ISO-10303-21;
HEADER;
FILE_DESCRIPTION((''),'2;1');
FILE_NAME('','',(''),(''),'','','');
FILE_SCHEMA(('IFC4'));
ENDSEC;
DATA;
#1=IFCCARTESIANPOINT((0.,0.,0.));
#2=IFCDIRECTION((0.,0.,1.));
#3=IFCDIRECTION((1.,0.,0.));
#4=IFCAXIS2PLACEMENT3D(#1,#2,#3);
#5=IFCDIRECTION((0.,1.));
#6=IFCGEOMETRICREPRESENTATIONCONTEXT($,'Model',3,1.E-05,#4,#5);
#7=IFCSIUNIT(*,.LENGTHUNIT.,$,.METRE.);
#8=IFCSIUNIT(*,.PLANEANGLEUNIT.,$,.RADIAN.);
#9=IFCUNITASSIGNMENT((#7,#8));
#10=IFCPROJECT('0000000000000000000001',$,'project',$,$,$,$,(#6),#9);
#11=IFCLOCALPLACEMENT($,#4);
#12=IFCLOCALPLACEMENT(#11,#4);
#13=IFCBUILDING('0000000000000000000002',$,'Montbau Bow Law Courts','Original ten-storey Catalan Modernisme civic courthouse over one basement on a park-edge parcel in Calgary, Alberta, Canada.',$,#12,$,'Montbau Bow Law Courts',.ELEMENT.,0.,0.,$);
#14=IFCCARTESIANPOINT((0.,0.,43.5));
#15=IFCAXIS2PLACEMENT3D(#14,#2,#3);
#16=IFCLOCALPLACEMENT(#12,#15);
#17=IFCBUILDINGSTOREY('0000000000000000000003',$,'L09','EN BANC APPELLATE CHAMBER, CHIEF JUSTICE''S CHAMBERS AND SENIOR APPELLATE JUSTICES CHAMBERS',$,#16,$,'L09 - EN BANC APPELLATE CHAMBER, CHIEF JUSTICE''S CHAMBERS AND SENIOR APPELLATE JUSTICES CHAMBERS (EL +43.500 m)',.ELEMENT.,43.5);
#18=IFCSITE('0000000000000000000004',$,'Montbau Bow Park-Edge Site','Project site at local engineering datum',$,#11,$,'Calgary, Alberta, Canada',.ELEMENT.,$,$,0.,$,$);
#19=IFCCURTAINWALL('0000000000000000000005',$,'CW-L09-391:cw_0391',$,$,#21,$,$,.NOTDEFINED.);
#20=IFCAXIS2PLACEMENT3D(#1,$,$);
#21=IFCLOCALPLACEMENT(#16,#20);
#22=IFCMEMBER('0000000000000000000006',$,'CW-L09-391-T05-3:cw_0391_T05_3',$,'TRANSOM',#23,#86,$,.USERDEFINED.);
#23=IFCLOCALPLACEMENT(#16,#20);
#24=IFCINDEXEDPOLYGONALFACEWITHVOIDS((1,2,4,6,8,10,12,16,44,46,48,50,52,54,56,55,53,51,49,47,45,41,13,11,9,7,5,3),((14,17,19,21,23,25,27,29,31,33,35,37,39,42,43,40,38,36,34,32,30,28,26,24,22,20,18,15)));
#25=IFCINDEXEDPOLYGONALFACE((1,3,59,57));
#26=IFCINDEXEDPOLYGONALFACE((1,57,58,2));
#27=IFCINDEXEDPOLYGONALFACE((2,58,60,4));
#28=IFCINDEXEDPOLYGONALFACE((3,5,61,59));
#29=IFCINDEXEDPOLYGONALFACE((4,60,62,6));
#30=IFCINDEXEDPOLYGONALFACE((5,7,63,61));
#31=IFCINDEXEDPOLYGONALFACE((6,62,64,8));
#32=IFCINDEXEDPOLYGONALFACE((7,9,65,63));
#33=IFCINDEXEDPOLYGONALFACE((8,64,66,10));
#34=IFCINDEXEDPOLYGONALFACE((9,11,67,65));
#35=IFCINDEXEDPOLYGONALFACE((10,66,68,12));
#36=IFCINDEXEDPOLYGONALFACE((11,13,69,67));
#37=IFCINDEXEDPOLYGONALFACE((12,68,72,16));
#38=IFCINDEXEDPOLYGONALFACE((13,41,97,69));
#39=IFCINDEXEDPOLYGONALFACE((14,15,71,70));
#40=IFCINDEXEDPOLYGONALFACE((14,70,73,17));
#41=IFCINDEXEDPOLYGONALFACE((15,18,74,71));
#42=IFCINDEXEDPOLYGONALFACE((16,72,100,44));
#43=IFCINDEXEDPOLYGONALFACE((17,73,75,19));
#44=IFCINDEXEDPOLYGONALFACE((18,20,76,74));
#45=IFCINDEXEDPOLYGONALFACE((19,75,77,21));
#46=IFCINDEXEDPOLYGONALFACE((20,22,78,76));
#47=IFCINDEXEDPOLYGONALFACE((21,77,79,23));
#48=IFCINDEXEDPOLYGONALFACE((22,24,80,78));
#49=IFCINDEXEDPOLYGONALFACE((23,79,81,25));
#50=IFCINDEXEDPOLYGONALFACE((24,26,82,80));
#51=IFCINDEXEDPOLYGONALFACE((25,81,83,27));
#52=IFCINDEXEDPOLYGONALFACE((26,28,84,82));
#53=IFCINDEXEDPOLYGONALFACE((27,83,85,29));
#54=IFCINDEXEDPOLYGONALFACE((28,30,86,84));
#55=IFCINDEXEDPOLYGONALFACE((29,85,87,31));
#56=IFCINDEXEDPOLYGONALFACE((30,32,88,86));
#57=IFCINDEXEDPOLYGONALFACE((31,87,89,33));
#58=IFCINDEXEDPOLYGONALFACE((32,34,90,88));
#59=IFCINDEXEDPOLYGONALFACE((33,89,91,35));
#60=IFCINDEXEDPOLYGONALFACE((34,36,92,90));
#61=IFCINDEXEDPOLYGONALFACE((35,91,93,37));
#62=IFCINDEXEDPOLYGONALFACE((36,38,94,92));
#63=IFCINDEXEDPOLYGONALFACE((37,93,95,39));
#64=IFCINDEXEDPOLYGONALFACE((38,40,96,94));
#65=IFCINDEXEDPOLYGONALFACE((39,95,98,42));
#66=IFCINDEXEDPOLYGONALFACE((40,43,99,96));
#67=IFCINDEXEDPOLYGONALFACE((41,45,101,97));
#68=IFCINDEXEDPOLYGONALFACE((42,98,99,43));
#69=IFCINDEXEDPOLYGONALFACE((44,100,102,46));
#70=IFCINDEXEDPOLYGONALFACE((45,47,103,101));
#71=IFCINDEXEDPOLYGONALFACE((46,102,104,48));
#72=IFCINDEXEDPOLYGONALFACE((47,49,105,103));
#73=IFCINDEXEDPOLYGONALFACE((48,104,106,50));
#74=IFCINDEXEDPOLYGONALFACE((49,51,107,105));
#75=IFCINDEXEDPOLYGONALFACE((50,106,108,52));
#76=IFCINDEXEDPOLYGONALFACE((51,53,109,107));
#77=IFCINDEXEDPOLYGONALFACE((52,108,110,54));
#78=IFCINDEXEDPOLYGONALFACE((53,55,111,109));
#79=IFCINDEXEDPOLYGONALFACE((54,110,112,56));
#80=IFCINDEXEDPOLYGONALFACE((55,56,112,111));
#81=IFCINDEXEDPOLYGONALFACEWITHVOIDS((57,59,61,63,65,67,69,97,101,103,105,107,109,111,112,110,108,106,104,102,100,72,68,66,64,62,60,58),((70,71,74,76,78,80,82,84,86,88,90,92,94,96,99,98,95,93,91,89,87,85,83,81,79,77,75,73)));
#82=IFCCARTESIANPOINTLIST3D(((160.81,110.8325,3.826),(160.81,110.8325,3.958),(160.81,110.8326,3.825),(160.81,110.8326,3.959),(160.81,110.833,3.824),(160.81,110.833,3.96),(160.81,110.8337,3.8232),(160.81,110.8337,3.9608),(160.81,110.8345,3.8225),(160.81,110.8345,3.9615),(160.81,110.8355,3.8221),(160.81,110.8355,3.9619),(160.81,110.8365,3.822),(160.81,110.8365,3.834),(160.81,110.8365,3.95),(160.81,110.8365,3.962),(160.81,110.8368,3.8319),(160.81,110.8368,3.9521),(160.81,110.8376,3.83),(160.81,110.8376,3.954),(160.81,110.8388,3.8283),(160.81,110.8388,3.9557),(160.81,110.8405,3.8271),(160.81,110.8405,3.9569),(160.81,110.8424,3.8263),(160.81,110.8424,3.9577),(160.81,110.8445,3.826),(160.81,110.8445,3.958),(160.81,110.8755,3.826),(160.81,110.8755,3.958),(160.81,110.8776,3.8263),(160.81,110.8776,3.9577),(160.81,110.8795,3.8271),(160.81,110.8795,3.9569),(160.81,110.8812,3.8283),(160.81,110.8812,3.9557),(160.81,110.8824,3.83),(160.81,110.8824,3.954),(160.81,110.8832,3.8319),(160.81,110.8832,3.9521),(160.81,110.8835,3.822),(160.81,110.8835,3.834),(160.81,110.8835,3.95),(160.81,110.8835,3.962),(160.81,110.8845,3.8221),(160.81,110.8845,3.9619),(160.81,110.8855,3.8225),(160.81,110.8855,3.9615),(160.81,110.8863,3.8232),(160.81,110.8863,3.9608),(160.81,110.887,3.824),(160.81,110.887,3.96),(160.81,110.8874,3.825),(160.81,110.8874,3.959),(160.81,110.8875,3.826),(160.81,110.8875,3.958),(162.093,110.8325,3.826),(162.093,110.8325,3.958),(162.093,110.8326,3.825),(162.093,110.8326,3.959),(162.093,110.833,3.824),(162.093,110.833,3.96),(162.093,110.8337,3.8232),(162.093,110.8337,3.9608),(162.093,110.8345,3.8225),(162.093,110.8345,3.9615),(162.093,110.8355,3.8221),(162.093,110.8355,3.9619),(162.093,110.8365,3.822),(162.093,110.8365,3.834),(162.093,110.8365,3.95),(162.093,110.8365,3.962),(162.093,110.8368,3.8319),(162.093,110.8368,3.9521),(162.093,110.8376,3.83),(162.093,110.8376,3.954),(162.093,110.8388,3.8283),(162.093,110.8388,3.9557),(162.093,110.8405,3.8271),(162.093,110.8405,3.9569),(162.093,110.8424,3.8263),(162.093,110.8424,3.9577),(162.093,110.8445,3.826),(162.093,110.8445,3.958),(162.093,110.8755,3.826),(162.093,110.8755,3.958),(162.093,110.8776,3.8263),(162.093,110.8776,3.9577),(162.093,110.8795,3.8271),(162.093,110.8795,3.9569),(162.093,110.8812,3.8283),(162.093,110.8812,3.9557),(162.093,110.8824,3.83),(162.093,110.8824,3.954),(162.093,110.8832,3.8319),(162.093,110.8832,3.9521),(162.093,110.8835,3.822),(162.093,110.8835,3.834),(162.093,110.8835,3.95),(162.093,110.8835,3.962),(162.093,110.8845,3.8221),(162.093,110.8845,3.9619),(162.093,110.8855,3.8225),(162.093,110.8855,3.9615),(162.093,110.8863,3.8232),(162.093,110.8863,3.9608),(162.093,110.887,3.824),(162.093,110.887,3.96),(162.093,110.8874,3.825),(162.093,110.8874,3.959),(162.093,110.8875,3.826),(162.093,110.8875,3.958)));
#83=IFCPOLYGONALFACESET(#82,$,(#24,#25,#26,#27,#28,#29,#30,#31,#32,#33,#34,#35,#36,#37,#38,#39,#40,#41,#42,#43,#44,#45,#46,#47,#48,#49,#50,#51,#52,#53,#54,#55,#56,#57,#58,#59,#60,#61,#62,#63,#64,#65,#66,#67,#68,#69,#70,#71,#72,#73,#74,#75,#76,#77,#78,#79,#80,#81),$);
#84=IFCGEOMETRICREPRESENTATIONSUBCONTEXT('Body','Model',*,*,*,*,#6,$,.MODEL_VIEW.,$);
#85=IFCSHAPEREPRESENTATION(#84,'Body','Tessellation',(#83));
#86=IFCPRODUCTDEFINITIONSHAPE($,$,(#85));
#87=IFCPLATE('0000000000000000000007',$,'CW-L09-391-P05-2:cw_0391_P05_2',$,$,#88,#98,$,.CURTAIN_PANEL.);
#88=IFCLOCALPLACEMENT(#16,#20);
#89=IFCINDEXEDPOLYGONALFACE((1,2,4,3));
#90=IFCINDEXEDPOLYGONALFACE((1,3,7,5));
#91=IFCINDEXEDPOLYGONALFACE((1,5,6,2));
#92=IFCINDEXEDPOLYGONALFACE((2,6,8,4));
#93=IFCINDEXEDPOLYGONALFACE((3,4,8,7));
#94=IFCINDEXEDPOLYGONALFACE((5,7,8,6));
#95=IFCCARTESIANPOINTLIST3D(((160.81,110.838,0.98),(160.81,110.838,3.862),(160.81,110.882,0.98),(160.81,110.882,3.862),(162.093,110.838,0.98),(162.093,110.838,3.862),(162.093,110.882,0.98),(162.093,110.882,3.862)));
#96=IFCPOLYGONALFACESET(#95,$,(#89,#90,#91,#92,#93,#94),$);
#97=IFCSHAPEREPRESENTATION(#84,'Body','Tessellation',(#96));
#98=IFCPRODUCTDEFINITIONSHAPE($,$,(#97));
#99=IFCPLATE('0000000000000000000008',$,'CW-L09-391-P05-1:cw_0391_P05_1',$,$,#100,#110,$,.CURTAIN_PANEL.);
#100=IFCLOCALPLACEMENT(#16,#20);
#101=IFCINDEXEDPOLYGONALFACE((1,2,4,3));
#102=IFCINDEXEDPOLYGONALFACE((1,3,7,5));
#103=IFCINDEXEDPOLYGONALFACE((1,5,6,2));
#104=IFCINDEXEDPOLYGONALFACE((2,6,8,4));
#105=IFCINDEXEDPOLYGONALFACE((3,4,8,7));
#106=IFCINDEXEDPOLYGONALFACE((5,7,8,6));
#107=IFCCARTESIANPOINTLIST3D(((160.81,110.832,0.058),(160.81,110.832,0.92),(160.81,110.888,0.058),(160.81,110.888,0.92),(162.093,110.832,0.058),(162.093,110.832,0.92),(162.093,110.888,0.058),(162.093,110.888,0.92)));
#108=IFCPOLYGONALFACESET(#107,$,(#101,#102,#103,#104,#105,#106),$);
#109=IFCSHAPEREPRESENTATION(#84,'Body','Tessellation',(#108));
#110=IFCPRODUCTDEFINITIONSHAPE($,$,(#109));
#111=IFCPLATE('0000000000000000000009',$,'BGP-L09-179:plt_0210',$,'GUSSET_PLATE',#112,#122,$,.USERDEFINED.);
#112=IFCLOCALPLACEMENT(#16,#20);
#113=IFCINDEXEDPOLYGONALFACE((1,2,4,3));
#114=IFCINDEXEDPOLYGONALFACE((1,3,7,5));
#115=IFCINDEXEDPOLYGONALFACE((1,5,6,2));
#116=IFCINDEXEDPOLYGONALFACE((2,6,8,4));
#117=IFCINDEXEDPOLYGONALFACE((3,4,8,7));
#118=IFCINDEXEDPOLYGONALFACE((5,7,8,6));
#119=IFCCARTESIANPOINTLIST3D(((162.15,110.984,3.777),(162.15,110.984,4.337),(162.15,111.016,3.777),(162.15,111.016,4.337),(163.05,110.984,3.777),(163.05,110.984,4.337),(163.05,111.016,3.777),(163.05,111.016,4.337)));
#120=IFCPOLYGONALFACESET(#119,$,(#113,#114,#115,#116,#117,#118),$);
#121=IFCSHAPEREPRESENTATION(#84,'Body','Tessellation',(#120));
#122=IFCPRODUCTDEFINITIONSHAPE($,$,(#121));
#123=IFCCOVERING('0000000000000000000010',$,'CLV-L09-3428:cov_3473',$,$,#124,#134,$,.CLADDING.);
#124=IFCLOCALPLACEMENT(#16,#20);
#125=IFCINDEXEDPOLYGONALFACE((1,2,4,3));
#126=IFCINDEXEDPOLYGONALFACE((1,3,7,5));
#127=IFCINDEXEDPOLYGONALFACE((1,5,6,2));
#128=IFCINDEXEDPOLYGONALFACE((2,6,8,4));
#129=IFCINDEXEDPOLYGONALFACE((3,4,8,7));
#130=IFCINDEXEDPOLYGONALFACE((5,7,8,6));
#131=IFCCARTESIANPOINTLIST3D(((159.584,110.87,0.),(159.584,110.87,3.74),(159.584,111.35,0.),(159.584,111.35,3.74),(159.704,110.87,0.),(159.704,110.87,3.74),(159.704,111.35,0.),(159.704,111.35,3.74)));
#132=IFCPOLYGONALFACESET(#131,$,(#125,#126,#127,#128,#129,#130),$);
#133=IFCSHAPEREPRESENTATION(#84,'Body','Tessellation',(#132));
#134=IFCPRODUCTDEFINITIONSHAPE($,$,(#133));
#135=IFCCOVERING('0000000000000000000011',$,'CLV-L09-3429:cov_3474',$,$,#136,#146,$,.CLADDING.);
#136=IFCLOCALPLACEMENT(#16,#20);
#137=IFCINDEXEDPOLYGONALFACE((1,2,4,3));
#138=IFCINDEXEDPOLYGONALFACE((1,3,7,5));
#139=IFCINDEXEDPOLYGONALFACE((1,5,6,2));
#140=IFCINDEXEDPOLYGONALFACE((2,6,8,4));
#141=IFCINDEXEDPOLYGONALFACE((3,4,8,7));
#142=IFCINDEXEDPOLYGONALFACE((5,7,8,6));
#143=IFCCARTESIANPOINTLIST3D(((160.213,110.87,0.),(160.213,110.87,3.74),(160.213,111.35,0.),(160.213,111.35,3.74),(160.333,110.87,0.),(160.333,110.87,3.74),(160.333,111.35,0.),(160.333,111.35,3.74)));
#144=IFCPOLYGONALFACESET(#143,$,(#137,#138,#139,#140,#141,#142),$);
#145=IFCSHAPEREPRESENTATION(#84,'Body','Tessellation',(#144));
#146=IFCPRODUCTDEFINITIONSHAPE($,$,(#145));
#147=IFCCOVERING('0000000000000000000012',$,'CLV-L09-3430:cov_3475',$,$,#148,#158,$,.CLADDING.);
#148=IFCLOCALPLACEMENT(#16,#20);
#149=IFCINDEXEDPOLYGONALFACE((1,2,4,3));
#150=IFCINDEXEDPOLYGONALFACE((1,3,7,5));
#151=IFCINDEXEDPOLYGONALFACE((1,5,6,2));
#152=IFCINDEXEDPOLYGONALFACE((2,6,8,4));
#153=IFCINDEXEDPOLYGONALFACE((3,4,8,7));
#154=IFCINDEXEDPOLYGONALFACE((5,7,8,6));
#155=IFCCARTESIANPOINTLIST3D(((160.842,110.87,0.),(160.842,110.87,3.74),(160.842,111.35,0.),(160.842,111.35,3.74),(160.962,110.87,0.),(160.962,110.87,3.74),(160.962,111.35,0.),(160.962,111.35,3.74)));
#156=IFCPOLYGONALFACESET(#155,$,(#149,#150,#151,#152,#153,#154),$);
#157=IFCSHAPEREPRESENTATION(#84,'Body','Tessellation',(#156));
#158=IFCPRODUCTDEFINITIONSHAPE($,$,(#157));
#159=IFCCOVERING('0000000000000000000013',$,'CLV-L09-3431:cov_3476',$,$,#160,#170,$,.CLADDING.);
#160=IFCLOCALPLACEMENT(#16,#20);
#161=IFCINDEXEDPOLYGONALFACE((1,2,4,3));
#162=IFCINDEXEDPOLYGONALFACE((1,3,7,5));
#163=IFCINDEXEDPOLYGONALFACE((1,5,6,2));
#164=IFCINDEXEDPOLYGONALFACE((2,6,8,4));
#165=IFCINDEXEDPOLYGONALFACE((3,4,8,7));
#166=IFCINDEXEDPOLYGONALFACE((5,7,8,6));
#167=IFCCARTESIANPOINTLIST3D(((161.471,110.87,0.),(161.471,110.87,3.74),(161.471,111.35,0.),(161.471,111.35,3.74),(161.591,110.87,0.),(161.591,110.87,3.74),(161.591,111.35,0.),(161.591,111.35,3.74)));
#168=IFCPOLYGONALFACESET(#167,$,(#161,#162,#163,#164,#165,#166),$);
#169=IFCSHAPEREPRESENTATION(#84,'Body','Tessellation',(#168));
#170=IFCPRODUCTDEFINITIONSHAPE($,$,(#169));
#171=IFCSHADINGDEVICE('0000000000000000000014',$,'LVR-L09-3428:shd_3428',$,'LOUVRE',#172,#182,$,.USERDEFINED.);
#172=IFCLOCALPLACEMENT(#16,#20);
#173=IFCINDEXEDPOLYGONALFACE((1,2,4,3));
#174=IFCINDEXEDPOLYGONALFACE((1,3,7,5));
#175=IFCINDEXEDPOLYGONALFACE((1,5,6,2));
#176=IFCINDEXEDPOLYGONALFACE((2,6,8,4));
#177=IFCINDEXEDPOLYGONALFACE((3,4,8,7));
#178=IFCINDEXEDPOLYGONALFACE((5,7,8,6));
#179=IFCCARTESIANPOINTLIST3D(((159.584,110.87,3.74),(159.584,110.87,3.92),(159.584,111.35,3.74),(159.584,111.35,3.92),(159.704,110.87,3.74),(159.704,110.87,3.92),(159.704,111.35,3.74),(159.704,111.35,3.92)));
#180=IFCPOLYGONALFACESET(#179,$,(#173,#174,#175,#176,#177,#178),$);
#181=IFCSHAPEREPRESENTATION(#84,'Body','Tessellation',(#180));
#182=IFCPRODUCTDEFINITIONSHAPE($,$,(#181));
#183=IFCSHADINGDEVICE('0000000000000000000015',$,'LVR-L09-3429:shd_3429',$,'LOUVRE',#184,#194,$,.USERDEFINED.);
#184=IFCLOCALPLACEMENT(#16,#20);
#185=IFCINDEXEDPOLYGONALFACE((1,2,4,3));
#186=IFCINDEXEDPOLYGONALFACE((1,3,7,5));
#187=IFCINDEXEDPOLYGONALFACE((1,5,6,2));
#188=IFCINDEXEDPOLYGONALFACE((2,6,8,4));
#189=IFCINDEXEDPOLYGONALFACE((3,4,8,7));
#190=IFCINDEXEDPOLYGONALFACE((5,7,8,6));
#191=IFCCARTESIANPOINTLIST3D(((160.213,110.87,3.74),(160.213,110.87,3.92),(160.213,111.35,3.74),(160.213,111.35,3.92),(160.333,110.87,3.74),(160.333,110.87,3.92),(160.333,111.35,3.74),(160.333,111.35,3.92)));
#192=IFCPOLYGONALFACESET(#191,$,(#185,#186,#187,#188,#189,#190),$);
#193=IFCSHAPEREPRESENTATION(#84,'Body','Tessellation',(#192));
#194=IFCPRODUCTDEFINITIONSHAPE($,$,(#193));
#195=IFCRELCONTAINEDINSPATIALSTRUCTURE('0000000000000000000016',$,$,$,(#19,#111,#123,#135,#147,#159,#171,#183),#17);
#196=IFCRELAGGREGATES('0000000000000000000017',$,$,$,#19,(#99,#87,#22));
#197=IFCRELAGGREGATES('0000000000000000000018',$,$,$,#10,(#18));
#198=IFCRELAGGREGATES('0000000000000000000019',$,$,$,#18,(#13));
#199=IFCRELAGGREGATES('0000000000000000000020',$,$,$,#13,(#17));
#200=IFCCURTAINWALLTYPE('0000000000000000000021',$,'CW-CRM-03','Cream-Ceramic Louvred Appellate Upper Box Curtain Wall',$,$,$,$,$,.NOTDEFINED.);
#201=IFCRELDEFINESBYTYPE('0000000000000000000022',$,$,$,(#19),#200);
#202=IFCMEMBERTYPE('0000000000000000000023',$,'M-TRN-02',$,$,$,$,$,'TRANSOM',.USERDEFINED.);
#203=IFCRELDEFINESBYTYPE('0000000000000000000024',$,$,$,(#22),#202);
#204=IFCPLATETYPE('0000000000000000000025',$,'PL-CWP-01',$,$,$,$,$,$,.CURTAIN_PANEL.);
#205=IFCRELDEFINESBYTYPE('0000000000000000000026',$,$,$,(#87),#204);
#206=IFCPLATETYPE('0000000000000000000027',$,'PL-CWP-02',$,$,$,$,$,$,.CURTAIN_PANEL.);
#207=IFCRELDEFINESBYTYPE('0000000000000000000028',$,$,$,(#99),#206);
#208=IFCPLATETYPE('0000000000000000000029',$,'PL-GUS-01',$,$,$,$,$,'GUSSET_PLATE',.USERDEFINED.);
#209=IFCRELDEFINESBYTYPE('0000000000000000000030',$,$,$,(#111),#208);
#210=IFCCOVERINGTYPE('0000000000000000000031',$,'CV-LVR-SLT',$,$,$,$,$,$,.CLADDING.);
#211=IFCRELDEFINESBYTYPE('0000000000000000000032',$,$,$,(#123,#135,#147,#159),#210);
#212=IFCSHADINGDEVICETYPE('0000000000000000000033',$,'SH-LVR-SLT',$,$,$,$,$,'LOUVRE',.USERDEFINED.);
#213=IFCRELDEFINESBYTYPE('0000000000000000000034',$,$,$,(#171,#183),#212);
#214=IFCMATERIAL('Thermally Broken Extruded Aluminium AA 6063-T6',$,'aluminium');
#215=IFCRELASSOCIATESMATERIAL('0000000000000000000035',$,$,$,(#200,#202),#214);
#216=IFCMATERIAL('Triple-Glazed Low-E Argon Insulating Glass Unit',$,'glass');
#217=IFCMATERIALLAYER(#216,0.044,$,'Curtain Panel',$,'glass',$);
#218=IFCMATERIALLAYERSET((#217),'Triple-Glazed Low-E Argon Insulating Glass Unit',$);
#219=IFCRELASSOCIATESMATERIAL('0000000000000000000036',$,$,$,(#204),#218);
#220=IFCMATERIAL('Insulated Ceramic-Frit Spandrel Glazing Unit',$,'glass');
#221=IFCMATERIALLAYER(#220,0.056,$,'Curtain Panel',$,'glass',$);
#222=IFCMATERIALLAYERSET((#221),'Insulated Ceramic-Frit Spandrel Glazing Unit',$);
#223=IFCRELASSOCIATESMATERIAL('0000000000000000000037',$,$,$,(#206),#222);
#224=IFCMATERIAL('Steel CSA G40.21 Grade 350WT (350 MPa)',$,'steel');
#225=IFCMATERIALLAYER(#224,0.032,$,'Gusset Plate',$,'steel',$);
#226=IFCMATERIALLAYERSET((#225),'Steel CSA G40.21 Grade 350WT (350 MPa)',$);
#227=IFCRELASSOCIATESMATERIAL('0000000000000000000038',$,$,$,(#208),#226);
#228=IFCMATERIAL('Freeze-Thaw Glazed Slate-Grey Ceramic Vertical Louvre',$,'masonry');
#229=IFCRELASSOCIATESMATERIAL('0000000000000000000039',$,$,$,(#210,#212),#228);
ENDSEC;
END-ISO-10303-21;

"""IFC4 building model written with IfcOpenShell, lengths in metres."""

from ifc_helpers import new_model, si_unit, direction, frame, frame_2d, origin_with_axes, origin_2d_with_axis, place, context, subcontext, project, spatial, rectangle, hollow_rectangle, extrude, material, layer, layer_set, material_profile, profile_set, type_object, element, aggregate, save


model = new_model("IFC4")

# Units and contexts
model_context = context("Model", 3, precision=1e-05, world=origin_with_axes(), true_north=direction((0.0, 1.0)))
body_context = subcontext(model_context, "Body", "Model", "MODEL_VIEW")
ifc_project = project(units=[si_unit("LENGTHUNIT", "METRE"), si_unit("PLANEANGLEUNIT", "RADIAN")], contexts=[model_context])

# Site, building, storey
site_placement = place(None, origin_with_axes())
site = spatial("IfcSite", under=ifc_project, at=site_placement, Name="Montbau Bow Park-Edge Site", Description="Project site at local engineering datum", LongName="Calgary, Alberta, Canada", CompositionType="ELEMENT", RefElevation=0.0)
building_placement = place(site_placement, origin_with_axes())
building = spatial("IfcBuilding", under=site, at=building_placement, Name="Montbau Bow Law Courts", Description="Original ten-storey Catalan Modernisme civic courthouse over one basement on a park-edge parcel in Calgary, Alberta, Canada.", LongName="Montbau Bow Law Courts", CompositionType="ELEMENT", ElevationOfRefHeight=0.0, ElevationOfTerrain=0.0)
storey_placement = place(building_placement, frame((0.0, 0.0, 43.5), z_axis=(0.0, 0.0, 1.0), x_axis=(1.0, 0.0, 0.0)))
storey = spatial("IfcBuildingStorey", under=building, at=storey_placement, Name="L09", Description="EN BANC APPELLATE CHAMBER, CHIEF JUSTICE'S CHAMBERS AND SENIOR APPELLATE JUSTICES CHAMBERS", LongName="L09 - EN BANC APPELLATE CHAMBER, CHIEF JUSTICE'S CHAMBERS AND SENIOR APPELLATE JUSTICES CHAMBERS (EL +43.500 m)", CompositionType="ELEMENT", Elevation=43.5)

# Shared definitions
ifc_material_1 = material(Name="Steel CSA G40.21 Grade 350WT (350 MPa)", Category="steel")

# Curtain wall, member, plates
ifc_material_2 = material(Name="Thermally Broken Extruded Aluminium AA 6063-T6", Category="aluminium")
curtain_wall_type = type_object("IfcCurtainWallType", Name="CW-CRM-03", Description="Cream-Ceramic Louvred Appellate Upper Box Curtain Wall", PredefinedType="NOTDEFINED", material=ifc_material_2)
curtain_wall_placement = place(None, frame((155.24, 110.86, 43.5), z_axis=(0.0, 0.0, 1.0), x_axis=(1.0, 0.0, 0.0)))
curtain_wall = element("IfcCurtainWall", 1, at=curtain_wall_placement, inside=storey, type_object=curtain_wall_type, Name="CW-L09-391:cw_0391", PredefinedType="NOTDEFINED")
ifc_material_profile_1 = material_profile(ifc_material_2, hollow_rectangle(XDim=0.055, YDim=0.14, WallThickness=0.004, InnerFilletRadius=0.008, OuterFilletRadius=0.004, at=origin_2d_with_axis()), Name="CWT-140X55", Category="Main", Priority=0)
ifc_profile_set_1 = profile_set([ifc_material_profile_1], Name="Thermally Broken Extruded Aluminium AA 6063-T6")
member_type_1 = type_object("IfcMemberType", Name="M-TRN-02", ElementType="TRANSOM", PredefinedType="USERDEFINED", material=ifc_profile_set_1)
member_1_placement = place(None, frame((160.81, 110.86, 47.392), z_axis=(1.0, 0.0, 0.0), x_axis=(0.0, 1.0, 0.0)))
member_1 = element("IfcMember", 2, at=member_1_placement, type_object=member_type_1, Name="CW-L09-391-T05-3:cw_0391_T05_3", ObjectType="TRANSOM", PredefinedType="USERDEFINED", context=body_context, shape_type="SweptSolid", body=[
    extrude(hollow_rectangle(XDim=0.055, YDim=0.14, WallThickness=0.004, InnerFilletRadius=0.008, OuterFilletRadius=0.004, at=origin_2d_with_axis()), origin_with_axes(), (0.0, 0.0, 1.0), 1.283),
])
ifc_material_3 = material(Name="Triple-Glazed Low-E Argon Insulating Glass Unit", Category="glass")
ifc_layer_1 = layer(ifc_material_3, 0.044, Name="Curtain Panel", Category="glass")
ifc_layer_set_1 = layer_set([ifc_layer_1], Name="Triple-Glazed Low-E Argon Insulating Glass Unit")
plate_type_1 = type_object("IfcPlateType", Name="PL-CWP-01", PredefinedType="CURTAIN_PANEL", material=ifc_layer_set_1)
plate_1_placement = place(None, frame((160.81, 110.86, 44.48), z_axis=(0.0, -1.0, 0.0), x_axis=(1.0, 0.0, 0.0)))
plate_1 = element("IfcPlate", 3, at=plate_1_placement, type_object=plate_type_1, Name="CW-L09-391-P05-2:cw_0391_P05_2", PredefinedType="CURTAIN_PANEL", context=body_context, shape_type="SweptSolid", body=[
    extrude(rectangle(XDim=1.283, YDim=2.882, at=frame_2d((0.6415, 1.441), x_axis=(1.0, 0.0))), frame((0.0, 0.0, -0.022), z_axis=(0.0, 0.0, 1.0), x_axis=(1.0, 0.0, 0.0)), (0.0, 0.0, 1.0), 0.044),
])
ifc_material_4 = material(Name="Insulated Ceramic-Frit Spandrel Glazing Unit", Category="glass")
ifc_layer_2 = layer(ifc_material_4, 0.056, Name="Curtain Panel", Category="glass")
ifc_layer_set_2 = layer_set([ifc_layer_2], Name="Insulated Ceramic-Frit Spandrel Glazing Unit")
plate_type_2 = type_object("IfcPlateType", Name="PL-CWP-02", PredefinedType="CURTAIN_PANEL", material=ifc_layer_set_2)
plate_2_placement = place(None, frame((160.81, 110.86, 43.558), z_axis=(0.0, -1.0, 0.0), x_axis=(1.0, 0.0, 0.0)))
plate_2 = element("IfcPlate", 4, at=plate_2_placement, type_object=plate_type_2, Name="CW-L09-391-P05-1:cw_0391_P05_1", PredefinedType="CURTAIN_PANEL", context=body_context, shape_type="SweptSolid", body=[
    extrude(rectangle(XDim=1.283, YDim=0.862, at=frame_2d((0.6415, 0.431), x_axis=(1.0, 0.0))), frame((0.0, 0.0, -0.028), z_axis=(0.0, 0.0, 1.0), x_axis=(1.0, 0.0, 0.0)), (0.0, 0.0, 1.0), 0.056),
])
aggregate(curtain_wall, [plate_2, plate_1, member_1])

# Plate
ifc_layer_3 = layer(ifc_material_1, 0.032, Name="Gusset Plate", Category="steel")
ifc_layer_set_3 = layer_set([ifc_layer_3], Name="Steel CSA G40.21 Grade 350WT (350 MPa)")
plate_type_3 = type_object("IfcPlateType", Name="PL-GUS-01", ElementType="GUSSET_PLATE", PredefinedType="USERDEFINED", material=ifc_layer_set_3)
plate_3_placement = place(None, frame((162.6, 111.0, 47.277), z_axis=(0.0, 0.0, 1.0), x_axis=(1.0, 0.0, 0.0)))
element("IfcPlate", 5, at=plate_3_placement, inside=storey, type_object=plate_type_3, Name="BGP-L09-179:plt_0210", ObjectType="GUSSET_PLATE", PredefinedType="USERDEFINED", context=body_context, shape_type="SweptSolid", body=[
    extrude(rectangle(XDim=0.9, YDim=0.032, at=origin_2d_with_axis()), origin_with_axes(), (0.0, 0.0, 1.0), 0.56),
])

# Coverings
ifc_material_5 = material(Name="Freeze-Thaw Glazed Slate-Grey Ceramic Vertical Louvre", Category="masonry")
covering_type = type_object("IfcCoveringType", Name="CV-LVR-SLT", PredefinedType="CLADDING", material=ifc_material_5)
for number, where, z_axis, x_axis, name in (
    (6, (159.644, 110.87, 43.5), (1.0, 0.0, 0.0), (0.0, 1.0, 0.0), "CLV-L09-3428:cov_3473"),
    (7, (160.273, 110.87, 43.5), (1.0, 0.0, 0.0), (0.0, 1.0, 0.0), "CLV-L09-3429:cov_3474"),
    (8, (160.902, 110.87, 43.5), (1.0, 0.0, 0.0), (0.0, 1.0, 0.0), "CLV-L09-3430:cov_3475"),
    (9, (161.531, 110.87, 43.5), (1.0, 0.0, 0.0), (0.0, 1.0, 0.0), "CLV-L09-3431:cov_3476"),
):
    element("IfcCovering", number, at=place(None, frame(where, z_axis=z_axis, x_axis=x_axis)), inside=storey, type_object=covering_type, Name=name, PredefinedType="CLADDING", context=body_context, shape_type="SweptSolid", body=[
        extrude(rectangle(XDim=0.48, YDim=3.74, at=frame_2d((0.24, 1.87), x_axis=(1.0, 0.0))), frame((0.0, 0.0, -0.06), z_axis=(0.0, 0.0, 1.0), x_axis=(1.0, 0.0, 0.0)), (0.0, 0.0, 1.0), 0.12),
    ])

# Shading devices
shading_device_type = type_object("IfcShadingDeviceType", Name="SH-LVR-SLT", ElementType="LOUVRE", PredefinedType="USERDEFINED", material=ifc_material_5)
for number, where, z_axis, x_axis, name in (
    (10, (159.644, 111.11, 47.24), (0.0, 0.0, 1.0), (0.0, 1.0, 0.0), "LVR-L09-3428:shd_3428"),
    (11, (160.273, 111.11, 47.24), (0.0, 0.0, 1.0), (0.0, 1.0, 0.0), "LVR-L09-3429:shd_3429"),
):
    element("IfcShadingDevice", number, at=place(None, frame(where, z_axis=z_axis, x_axis=x_axis)), inside=storey, type_object=shading_device_type, Name=name, ObjectType="LOUVRE", PredefinedType="USERDEFINED", context=body_context, shape_type="SweptSolid", body=[
        extrude(rectangle(XDim=0.48, YDim=0.12, at=origin_2d_with_axis()), origin_with_axes(), (0.0, 0.0, 1.0), 0.18),
    ])

save(model, "model.ifc")
